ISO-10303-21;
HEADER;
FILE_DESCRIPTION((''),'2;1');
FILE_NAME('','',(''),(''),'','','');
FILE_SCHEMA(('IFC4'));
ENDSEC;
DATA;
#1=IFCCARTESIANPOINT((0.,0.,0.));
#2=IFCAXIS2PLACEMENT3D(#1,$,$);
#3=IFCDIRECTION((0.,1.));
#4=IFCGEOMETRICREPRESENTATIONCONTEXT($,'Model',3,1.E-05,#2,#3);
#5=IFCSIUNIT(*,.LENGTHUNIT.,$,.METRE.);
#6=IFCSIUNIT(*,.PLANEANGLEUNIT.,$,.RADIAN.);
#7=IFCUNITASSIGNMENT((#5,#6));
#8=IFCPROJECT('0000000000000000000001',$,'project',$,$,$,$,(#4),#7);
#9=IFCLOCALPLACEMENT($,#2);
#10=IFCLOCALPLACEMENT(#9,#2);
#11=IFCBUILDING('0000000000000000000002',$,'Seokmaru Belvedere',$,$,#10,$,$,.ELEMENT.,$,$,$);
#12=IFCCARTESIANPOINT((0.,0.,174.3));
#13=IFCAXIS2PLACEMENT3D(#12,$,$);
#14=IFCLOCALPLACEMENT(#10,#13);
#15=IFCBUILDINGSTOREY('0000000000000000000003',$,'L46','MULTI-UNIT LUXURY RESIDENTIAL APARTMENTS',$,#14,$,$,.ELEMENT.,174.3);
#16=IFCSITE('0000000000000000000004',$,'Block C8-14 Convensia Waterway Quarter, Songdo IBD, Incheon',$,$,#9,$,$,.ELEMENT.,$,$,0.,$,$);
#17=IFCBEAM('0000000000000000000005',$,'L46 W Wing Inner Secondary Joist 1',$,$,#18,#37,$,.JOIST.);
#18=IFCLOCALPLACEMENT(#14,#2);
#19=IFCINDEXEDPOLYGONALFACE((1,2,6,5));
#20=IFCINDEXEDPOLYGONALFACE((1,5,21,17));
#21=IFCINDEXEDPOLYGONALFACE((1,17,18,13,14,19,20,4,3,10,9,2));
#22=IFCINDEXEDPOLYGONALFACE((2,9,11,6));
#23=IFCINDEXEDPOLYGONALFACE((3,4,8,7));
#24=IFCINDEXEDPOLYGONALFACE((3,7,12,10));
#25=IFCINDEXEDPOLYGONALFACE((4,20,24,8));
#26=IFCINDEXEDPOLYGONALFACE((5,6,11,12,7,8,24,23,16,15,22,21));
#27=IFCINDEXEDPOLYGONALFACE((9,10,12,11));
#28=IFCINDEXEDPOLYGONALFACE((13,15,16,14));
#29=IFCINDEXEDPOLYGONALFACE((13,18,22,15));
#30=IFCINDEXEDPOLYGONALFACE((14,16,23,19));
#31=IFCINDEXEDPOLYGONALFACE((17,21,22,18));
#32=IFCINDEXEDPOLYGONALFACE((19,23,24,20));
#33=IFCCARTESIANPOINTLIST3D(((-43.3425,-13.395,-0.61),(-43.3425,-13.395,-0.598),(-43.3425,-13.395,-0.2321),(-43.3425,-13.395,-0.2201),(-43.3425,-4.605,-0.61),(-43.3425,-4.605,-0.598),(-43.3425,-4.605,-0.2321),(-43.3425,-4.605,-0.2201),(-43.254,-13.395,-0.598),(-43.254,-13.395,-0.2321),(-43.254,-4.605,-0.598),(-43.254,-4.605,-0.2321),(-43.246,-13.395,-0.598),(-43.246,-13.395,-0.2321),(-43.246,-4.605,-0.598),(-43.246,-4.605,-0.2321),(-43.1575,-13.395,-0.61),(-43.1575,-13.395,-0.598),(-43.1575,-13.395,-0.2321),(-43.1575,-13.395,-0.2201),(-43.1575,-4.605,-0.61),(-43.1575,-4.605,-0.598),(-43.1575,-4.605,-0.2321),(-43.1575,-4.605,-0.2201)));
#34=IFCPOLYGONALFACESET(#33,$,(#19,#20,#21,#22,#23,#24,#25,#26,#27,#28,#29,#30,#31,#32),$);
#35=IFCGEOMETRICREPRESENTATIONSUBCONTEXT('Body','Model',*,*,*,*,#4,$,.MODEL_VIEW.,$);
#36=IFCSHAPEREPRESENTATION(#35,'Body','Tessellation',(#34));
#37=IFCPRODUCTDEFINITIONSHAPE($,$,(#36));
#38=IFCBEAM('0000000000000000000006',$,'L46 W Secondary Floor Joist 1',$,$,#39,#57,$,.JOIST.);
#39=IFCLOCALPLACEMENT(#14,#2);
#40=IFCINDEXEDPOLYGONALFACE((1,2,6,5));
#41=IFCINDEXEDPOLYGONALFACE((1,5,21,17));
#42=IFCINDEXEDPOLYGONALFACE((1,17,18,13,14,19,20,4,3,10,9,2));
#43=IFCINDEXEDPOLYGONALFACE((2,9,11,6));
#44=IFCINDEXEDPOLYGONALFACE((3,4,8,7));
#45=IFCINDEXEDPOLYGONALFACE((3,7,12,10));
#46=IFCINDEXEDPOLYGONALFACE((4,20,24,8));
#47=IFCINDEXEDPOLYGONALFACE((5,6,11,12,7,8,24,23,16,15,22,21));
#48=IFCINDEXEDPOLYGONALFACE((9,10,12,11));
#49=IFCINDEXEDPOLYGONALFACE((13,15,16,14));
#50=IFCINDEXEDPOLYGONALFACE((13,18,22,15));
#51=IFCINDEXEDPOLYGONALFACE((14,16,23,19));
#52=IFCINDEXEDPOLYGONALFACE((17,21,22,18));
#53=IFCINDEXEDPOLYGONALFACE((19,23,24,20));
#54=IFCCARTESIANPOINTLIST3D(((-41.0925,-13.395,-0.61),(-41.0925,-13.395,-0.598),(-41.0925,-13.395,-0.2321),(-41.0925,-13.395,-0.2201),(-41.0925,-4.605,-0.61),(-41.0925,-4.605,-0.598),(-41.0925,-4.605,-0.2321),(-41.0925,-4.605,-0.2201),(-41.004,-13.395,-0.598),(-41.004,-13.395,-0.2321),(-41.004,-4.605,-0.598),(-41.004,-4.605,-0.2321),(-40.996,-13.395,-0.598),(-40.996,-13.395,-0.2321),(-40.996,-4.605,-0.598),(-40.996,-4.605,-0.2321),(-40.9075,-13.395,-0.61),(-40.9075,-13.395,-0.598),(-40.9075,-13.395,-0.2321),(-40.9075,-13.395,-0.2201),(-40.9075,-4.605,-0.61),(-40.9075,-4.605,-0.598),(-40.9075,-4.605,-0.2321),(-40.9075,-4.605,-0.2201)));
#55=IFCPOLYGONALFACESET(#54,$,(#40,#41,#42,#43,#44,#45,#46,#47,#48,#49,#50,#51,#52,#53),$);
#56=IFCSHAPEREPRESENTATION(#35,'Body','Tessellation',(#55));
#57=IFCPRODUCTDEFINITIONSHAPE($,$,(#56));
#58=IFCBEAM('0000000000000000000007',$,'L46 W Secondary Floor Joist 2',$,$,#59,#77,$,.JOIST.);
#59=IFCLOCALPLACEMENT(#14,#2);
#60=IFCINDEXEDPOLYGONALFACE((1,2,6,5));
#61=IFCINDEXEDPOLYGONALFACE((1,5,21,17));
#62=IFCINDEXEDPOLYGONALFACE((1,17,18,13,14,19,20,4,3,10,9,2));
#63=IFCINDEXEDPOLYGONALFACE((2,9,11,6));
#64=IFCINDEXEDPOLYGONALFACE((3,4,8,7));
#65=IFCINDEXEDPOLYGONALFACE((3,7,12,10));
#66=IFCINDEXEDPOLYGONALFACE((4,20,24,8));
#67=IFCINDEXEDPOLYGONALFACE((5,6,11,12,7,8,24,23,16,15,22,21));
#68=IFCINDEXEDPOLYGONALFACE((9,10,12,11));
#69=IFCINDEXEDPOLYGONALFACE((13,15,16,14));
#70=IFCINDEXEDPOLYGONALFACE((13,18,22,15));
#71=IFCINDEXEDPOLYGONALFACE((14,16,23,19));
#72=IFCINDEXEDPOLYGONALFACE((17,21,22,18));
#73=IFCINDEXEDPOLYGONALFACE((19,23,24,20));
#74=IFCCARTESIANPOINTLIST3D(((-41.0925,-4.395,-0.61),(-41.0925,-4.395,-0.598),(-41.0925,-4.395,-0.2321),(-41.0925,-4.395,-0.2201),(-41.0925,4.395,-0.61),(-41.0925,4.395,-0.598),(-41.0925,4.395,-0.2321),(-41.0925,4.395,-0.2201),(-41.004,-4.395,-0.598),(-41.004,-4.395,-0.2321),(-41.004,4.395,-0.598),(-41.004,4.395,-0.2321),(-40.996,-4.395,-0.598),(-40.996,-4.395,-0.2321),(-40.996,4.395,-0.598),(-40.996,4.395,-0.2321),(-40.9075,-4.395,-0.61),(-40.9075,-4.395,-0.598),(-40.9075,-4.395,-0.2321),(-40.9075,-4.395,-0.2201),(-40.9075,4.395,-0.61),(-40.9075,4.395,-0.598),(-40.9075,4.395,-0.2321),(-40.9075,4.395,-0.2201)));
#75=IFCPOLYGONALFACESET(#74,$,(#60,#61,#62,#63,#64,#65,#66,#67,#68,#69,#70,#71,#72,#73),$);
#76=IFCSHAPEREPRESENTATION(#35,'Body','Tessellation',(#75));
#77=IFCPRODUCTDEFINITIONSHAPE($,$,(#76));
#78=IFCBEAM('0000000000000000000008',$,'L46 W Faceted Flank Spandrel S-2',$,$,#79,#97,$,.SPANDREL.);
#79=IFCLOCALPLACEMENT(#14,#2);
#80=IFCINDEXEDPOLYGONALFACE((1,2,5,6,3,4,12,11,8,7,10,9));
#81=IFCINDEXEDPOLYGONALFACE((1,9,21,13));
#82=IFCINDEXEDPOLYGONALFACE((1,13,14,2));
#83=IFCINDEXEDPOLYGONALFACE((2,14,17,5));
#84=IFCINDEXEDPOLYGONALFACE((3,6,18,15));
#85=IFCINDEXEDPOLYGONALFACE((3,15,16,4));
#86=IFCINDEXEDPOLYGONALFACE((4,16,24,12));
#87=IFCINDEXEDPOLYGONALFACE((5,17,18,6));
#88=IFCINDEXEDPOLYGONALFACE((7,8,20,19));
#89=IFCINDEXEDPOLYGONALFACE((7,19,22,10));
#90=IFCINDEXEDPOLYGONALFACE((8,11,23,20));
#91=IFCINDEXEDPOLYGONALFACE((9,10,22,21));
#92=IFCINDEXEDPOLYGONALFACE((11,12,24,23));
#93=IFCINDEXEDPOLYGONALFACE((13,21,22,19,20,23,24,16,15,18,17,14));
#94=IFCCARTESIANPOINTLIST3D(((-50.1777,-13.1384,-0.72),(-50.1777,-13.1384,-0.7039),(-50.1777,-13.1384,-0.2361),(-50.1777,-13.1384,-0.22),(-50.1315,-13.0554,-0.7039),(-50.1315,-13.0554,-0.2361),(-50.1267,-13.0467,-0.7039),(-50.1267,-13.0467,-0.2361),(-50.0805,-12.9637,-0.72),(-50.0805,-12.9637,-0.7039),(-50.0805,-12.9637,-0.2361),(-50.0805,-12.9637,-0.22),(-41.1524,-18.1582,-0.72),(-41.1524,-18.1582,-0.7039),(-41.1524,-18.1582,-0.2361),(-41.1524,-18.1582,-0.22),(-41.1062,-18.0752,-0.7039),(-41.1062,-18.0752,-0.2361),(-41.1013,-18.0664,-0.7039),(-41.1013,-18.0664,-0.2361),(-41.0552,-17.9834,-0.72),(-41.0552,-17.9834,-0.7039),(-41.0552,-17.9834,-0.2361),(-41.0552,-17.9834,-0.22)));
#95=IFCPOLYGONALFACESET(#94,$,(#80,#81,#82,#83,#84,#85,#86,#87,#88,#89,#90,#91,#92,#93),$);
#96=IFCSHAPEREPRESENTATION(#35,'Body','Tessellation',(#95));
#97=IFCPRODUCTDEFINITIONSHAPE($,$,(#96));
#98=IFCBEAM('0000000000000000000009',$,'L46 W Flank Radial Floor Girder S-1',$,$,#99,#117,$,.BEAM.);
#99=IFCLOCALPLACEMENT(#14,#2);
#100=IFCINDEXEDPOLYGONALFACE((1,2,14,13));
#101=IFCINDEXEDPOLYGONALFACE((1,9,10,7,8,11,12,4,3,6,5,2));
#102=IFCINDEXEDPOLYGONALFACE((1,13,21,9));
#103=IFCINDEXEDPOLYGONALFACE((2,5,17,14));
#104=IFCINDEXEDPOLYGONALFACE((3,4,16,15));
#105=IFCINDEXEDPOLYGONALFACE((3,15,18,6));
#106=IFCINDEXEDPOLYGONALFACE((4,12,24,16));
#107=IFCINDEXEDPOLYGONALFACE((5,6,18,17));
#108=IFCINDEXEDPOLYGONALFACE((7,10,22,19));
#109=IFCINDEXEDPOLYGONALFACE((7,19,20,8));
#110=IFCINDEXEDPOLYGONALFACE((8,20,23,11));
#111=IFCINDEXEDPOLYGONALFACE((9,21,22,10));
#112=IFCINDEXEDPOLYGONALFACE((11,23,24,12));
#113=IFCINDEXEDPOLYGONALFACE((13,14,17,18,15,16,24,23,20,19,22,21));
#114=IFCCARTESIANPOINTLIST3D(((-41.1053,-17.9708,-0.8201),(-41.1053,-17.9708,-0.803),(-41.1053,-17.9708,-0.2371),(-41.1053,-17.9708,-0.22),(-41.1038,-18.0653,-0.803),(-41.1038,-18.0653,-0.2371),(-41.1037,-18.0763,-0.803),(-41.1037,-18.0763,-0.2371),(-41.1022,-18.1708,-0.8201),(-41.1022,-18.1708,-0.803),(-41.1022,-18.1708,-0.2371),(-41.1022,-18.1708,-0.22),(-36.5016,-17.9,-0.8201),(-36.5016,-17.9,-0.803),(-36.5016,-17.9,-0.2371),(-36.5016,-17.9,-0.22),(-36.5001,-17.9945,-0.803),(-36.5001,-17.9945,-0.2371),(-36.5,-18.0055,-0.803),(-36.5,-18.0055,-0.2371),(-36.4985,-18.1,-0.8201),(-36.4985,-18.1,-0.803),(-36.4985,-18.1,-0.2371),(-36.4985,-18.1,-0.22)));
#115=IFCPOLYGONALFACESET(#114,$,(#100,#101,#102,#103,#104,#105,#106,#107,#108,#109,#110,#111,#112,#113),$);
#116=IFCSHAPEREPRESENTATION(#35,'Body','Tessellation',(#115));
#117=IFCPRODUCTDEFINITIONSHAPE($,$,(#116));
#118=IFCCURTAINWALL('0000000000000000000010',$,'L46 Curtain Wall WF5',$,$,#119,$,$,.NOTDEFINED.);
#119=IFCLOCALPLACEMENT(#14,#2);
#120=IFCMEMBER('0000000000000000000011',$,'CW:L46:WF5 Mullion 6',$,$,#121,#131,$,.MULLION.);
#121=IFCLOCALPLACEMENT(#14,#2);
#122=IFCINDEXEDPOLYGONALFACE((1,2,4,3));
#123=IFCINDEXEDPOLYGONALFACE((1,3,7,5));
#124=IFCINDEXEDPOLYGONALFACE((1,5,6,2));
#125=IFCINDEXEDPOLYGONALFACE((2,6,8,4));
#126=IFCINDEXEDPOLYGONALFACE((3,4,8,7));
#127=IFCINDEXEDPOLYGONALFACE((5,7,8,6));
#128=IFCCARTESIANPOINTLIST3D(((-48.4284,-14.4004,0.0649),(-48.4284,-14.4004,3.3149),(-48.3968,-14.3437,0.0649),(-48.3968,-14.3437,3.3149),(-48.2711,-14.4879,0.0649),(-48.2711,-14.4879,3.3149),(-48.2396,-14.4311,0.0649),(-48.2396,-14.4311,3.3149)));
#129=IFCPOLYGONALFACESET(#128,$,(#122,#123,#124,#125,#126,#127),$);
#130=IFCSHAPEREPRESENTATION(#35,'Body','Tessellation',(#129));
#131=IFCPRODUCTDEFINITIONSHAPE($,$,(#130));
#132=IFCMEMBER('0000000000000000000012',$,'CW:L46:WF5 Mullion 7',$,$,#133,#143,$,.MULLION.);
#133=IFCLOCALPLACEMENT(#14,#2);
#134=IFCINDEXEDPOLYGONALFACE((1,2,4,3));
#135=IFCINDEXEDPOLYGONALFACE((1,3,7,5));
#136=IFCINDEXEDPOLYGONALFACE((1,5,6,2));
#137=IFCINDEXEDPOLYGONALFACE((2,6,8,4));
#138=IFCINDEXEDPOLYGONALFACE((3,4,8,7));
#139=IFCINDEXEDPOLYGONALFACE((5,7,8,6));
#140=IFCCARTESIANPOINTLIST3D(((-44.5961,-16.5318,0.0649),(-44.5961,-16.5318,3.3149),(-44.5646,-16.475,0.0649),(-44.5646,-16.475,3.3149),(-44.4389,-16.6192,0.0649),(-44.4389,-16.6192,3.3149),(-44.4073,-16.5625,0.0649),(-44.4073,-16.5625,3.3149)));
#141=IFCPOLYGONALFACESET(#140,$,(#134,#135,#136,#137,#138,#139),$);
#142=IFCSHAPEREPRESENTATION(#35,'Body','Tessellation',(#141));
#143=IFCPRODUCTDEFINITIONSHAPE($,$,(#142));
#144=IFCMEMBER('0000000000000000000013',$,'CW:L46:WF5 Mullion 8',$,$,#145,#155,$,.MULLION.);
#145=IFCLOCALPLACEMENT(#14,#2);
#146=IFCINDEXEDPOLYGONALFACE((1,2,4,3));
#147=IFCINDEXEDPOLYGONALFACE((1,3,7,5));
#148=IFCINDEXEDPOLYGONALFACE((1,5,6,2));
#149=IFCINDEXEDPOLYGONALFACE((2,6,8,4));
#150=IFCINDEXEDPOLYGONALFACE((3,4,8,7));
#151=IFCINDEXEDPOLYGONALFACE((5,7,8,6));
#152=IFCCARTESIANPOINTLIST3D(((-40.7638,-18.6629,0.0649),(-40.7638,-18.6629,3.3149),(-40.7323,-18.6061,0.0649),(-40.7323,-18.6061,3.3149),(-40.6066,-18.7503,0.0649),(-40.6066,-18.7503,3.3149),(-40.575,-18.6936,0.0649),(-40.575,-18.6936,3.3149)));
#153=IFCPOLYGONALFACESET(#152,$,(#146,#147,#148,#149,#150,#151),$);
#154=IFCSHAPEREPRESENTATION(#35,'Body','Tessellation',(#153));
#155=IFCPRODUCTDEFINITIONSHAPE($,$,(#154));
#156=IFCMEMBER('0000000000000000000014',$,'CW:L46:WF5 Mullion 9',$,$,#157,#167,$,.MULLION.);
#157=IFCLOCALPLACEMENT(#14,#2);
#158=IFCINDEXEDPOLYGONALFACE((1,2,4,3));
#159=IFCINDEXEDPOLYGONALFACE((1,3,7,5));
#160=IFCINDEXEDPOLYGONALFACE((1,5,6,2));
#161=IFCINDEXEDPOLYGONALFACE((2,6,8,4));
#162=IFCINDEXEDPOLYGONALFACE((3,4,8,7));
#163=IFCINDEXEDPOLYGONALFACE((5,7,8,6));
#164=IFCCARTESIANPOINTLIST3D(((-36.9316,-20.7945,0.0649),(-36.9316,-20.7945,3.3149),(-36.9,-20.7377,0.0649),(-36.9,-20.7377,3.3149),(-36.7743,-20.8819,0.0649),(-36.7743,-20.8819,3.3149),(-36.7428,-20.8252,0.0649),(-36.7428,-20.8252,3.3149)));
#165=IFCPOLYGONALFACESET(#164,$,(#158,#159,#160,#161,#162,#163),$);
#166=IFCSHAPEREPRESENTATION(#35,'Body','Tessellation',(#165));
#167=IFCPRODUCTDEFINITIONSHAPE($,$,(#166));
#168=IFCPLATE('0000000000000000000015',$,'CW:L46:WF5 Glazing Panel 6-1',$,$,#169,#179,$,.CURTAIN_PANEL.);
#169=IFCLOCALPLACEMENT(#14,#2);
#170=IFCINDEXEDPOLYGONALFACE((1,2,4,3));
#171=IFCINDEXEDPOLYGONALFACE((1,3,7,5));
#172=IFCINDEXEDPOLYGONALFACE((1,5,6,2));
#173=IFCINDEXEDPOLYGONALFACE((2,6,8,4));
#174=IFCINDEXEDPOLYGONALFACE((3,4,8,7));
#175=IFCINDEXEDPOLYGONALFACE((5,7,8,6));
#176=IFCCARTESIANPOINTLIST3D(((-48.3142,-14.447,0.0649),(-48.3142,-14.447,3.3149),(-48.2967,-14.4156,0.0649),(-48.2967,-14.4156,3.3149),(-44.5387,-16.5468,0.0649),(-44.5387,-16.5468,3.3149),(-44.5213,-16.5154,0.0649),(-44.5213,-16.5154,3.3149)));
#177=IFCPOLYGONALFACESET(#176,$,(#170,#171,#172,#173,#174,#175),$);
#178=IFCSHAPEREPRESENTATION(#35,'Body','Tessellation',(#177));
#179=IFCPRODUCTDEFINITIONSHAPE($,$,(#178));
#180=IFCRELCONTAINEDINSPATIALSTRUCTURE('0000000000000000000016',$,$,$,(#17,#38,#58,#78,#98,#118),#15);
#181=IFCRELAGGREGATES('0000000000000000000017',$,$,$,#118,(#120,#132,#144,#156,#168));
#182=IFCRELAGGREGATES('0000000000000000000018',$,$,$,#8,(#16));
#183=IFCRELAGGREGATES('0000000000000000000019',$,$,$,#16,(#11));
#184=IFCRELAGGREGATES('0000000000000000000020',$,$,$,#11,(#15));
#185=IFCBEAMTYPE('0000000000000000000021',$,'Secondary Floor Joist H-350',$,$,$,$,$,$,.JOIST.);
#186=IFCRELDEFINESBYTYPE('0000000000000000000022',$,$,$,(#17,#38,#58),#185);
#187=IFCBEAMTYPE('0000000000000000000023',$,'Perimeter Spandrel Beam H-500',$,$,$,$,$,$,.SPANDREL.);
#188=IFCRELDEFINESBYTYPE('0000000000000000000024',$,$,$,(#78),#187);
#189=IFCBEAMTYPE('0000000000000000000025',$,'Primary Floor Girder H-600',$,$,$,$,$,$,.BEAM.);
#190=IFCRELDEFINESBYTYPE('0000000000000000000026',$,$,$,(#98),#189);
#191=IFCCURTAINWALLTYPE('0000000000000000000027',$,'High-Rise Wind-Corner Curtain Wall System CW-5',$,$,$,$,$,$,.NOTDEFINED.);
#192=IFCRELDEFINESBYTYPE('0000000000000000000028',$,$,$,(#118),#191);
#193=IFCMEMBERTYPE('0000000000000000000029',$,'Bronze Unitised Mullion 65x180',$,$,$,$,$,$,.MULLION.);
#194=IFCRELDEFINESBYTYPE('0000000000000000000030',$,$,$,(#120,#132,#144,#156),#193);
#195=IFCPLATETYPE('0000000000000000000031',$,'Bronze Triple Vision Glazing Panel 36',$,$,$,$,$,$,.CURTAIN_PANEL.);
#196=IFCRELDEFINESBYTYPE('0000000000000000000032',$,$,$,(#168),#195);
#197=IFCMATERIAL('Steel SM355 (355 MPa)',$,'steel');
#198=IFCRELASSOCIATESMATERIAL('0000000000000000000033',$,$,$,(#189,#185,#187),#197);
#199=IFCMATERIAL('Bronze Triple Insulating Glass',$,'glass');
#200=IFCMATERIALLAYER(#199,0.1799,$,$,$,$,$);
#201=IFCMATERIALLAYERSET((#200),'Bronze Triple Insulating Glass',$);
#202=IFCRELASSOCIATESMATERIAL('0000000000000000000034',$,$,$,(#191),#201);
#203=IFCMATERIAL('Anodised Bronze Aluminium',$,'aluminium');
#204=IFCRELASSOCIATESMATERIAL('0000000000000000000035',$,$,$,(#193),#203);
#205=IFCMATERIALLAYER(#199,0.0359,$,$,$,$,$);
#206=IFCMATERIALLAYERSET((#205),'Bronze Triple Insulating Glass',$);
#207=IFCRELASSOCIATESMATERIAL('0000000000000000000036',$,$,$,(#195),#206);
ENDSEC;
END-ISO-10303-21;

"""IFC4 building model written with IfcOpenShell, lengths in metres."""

from ifc_helpers import new_model, si_unit, direction, frame, origin, origin_2d, place, context, subcontext, project, spatial, rectangle, i_section, extrude, source, transform, mapped, material, layer, layer_set, material_profile, profile_set, type_object, type_shapes, element, aggregate, save


model = new_model("IFC4")

# Units and contexts
model_context = context("Model", 3, precision=1e-05, world=origin(), true_north=direction((0.0, 1.0)))
body_context = subcontext(model_context, "Body", "Model", "MODEL_VIEW")
ifc_project = project(units=[si_unit("LENGTHUNIT", "METRE"), si_unit("PLANEANGLEUNIT", "RADIAN")], contexts=[model_context])

# Site, building, storey
site_placement = place(None, origin())
site = spatial("IfcSite", under=ifc_project, at=site_placement, Name="Block C8-14 Convensia Waterway Quarter, Songdo IBD, Incheon", CompositionType="ELEMENT", RefElevation=0.0)
building_placement = place(site_placement, origin())
building = spatial("IfcBuilding", under=site, at=building_placement, Name="Seokmaru Belvedere", CompositionType="ELEMENT")
storey_placement = place(building_placement, frame((0.0, 0.0, 174.3)))
storey = spatial("IfcBuildingStorey", under=building, at=storey_placement, Name="L46", Description="MULTI-UNIT LUXURY RESIDENTIAL APARTMENTS", CompositionType="ELEMENT", Elevation=174.3)

# Shared definitions
ifc_material_1 = material(Name="Steel SM355 (355 MPa)", Category="steel")

# Beams
ifc_material_profile_1 = material_profile(ifc_material_1, i_section(OverallWidth=0.2, OverallDepth=0.6001, WebThickness=0.011, FlangeThickness=0.0171, at=origin_2d()), Name="H-600x200x11x17")
ifc_profile_set_1 = profile_set([ifc_material_profile_1], Name="Steel SM355 (355 MPa)")
beam_type_1 = type_object("IfcBeamType", Name="Primary Floor Girder H-600", PredefinedType="BEAM", material=ifc_profile_set_1)
ifc_material_profile_2 = material_profile(ifc_material_1, i_section(OverallWidth=0.1851, OverallDepth=0.3899, WebThickness=0.0081, FlangeThickness=0.012, at=origin_2d()), Name="H-390x185x8x12")
ifc_profile_set_2 = profile_set([ifc_material_profile_2], Name="Steel SM355 (355 MPa)")
beam_type_2 = type_object("IfcBeamType", Name="Secondary Floor Joist H-350", PredefinedType="JOIST", material=ifc_profile_set_2)
shared_shape_1 = source(origin(), body_context, "Body", "SweptSolid", [
    extrude(i_section(OverallWidth=0.1851, OverallDepth=0.3899, WebThickness=0.0081, FlangeThickness=0.012, at=origin_2d()), origin(), (0.0, 0.0, 1.0), 8.79),
])
type_shapes(beam_type_2, [shared_shape_1])
for number, where, z_axis, x_axis, name in (
    (1, (-43.25, -13.395, -0.415), (0.0, 1.0, 0.0), (-1.0, 0.0, 0.0), "L46 W Wing Inner Secondary Joist 1"),
    (2, (-41.0, -13.395, -0.415), (0.0, 1.0, 0.0), (-1.0, 0.0, 0.0), "L46 W Secondary Floor Joist 1"),
    (3, (-41.0, -4.395, -0.415), (0.0, 1.0, 0.0), (-1.0, 0.0, 0.0), "L46 W Secondary Floor Joist 2"),
):
    element("IfcBeam", number, at=place(storey_placement, frame(where, z_axis=z_axis, x_axis=x_axis)), inside=storey, type_object=beam_type_2, Name=name, PredefinedType="JOIST", context=body_context, shape_type="MappedRepresentation", body=[
        mapped(shared_shape_1, transform((0.0, 0.0, 0.0), scale=1.0)),
    ])
ifc_material_profile_3 = material_profile(ifc_material_1, i_section(OverallWidth=0.2, OverallDepth=0.5, WebThickness=0.01, FlangeThickness=0.0161, at=origin_2d()), Name="H-500x200x10x16")
ifc_profile_set_3 = profile_set([ifc_material_profile_3], Name="Steel SM355 (355 MPa)")
beam_type_3 = type_object("IfcBeamType", Name="Perimeter Spandrel Beam H-500", PredefinedType="SPANDREL", material=ifc_profile_set_3)
shared_shape_2 = source(origin(), body_context, "Body", "SweptSolid", [
    extrude(i_section(OverallWidth=0.2, OverallDepth=0.5, WebThickness=0.01, FlangeThickness=0.0161, at=origin_2d()), origin(), (0.0, 0.0, 1.0), 10.3274),
])
type_shapes(beam_type_3, [shared_shape_2])
beam_1_placement = place(storey_placement, frame((-41.1038, -18.0708, -0.47), z_axis=(-0.873924, 0.486062, 0.0), x_axis=(-0.486062, -0.873924, 0.0)))
element("IfcBeam", 4, at=beam_1_placement, inside=storey, type_object=beam_type_3, Name="L46 W Faceted Flank Spandrel S-2", PredefinedType="SPANDREL", context=body_context, shape_type="MappedRepresentation", body=[
    mapped(shared_shape_2, transform((0.0, 0.0, 0.0), scale=1.0)),
])
shared_shape_3 = source(origin(), body_context, "Body", "SweptSolid", [
    extrude(i_section(OverallWidth=0.2, OverallDepth=0.6001, WebThickness=0.011, FlangeThickness=0.0171, at=origin_2d()), origin(), (0.0, 0.0, 1.0), 4.6042),
])
beam_2_placement = place(storey_placement, frame((-41.1038, -18.0708, -0.52), z_axis=(0.999882, 0.015377, 0.0), x_axis=(-0.015377, 0.999882, 0.0)))
element("IfcBeam", 5, at=beam_2_placement, inside=storey, type_object=beam_type_1, Name="L46 W Flank Radial Floor Girder S-1", PredefinedType="BEAM", context=body_context, shape_type="MappedRepresentation", body=[
    mapped(shared_shape_3, transform((0.0, 0.0, 0.0), scale=1.0)),
])

# Curtain wall, members, plate
ifc_material_2 = material(Name="Bronze Triple Insulating Glass", Category="glass")
ifc_layer_1 = layer(ifc_material_2, 0.1799)
ifc_layer_set_1 = layer_set([ifc_layer_1], Name="Bronze Triple Insulating Glass")
curtain_wall_type = type_object("IfcCurtainWallType", Name="High-Rise Wind-Corner Curtain Wall System CW-5", PredefinedType="NOTDEFINED", material=ifc_layer_set_1)
curtain_wall_placement = place(storey_placement, origin())
curtain_wall = element("IfcCurtainWall", 6, at=curtain_wall_placement, inside=storey, type_object=curtain_wall_type, Name="L46 Curtain Wall WF5", PredefinedType="NOTDEFINED")
ifc_material_3 = material(Name="Anodised Bronze Aluminium", Category="aluminium")
ifc_material_profile_4 = material_profile(ifc_material_3, rectangle(XDim=0.0649, YDim=0.1799, at=origin_2d()), Name="CW-M-65x180")
ifc_profile_set_4 = profile_set([ifc_material_profile_4], Name="Anodised Bronze Aluminium")
member_type = type_object("IfcMemberType", Name="Bronze Unitised Mullion 65x180", PredefinedType="MULLION", material=ifc_profile_set_4)
shared_shape_4 = source(origin(), body_context, "Body", "SweptSolid", [
    extrude(rectangle(XDim=0.0649, YDim=0.1799, at=origin_2d()), origin(), (0.0, 0.0, 1.0), 3.25),
])
type_shapes(member_type, [shared_shape_4])
member_1_placement = place(storey_placement, frame((-48.334, -14.4158, 0.0649), z_axis=(0.0, 0.0, 1.0), x_axis=(0.486047, 0.873933, 0.0)))
member_1 = element("IfcMember", 7, at=member_1_placement, type_object=member_type, Name="CW:L46:WF5 Mullion 6", PredefinedType="MULLION", context=body_context, shape_type="MappedRepresentation", body=[
    mapped(shared_shape_4, transform((0.0, 0.0, 0.0), scale=1.0)),
])
member_2_placement = place(storey_placement, frame((-44.5017, -16.5471, 0.0649), z_axis=(0.0, 0.0, 1.0), x_axis=(0.486047, 0.873933, 0.0)))
member_2 = element("IfcMember", 8, at=member_2_placement, type_object=member_type, Name="CW:L46:WF5 Mullion 7", PredefinedType="MULLION", context=body_context, shape_type="MappedRepresentation", body=[
    mapped(shared_shape_4, transform((0.0, 0.0, 0.0), scale=1.0)),
])
member_3_placement = place(storey_placement, frame((-40.6694, -18.6782, 0.0649), z_axis=(0.0, 0.0, 1.0), x_axis=(0.486047, 0.873933, 0.0)))
member_3 = element("IfcMember", 9, at=member_3_placement, type_object=member_type, Name="CW:L46:WF5 Mullion 8", PredefinedType="MULLION", context=body_context, shape_type="MappedRepresentation", body=[
    mapped(shared_shape_4, transform((0.0, 0.0, 0.0), scale=1.0)),
])
member_4_placement = place(storey_placement, frame((-36.8372, -20.8098, 0.0649), z_axis=(0.0, 0.0, 1.0), x_axis=(0.486047, 0.873933, 0.0)))
member_4 = element("IfcMember", 10, at=member_4_placement, type_object=member_type, Name="CW:L46:WF5 Mullion 9", PredefinedType="MULLION", context=body_context, shape_type="MappedRepresentation", body=[
    mapped(shared_shape_4, transform((0.0, 0.0, 0.0), scale=1.0)),
])
ifc_layer_2 = layer(ifc_material_2, 0.0359)
ifc_layer_set_2 = layer_set([ifc_layer_2], Name="Bronze Triple Insulating Glass")
plate_type = type_object("IfcPlateType", Name="Bronze Triple Vision Glazing Panel 36", PredefinedType="CURTAIN_PANEL", material=ifc_layer_set_2)
shared_shape_5 = source(origin(), body_context, "Body", "SweptSolid", [
    extrude(rectangle(XDim=4.3201, YDim=0.0359, at=origin_2d()), origin(), (0.0, 0.0, 1.0), 3.25),
])
type_shapes(plate_type, [shared_shape_5])
plate_1_placement = place(storey_placement, frame((-46.4177, -15.4812, 0.0649), z_axis=(0.0, 0.0, 1.0), x_axis=(0.873933, -0.486047, 0.0)))
plate_1 = element("IfcPlate", 11, at=plate_1_placement, type_object=plate_type, Name="CW:L46:WF5 Glazing Panel 6-1", PredefinedType="CURTAIN_PANEL", context=body_context, shape_type="MappedRepresentation", body=[
    mapped(shared_shape_5, transform((0.0, 0.0, 0.0), scale=1.0)),
])
aggregate(curtain_wall, [member_1, member_2, member_3, member_4, plate_1])

save(model, "model.ifc")
